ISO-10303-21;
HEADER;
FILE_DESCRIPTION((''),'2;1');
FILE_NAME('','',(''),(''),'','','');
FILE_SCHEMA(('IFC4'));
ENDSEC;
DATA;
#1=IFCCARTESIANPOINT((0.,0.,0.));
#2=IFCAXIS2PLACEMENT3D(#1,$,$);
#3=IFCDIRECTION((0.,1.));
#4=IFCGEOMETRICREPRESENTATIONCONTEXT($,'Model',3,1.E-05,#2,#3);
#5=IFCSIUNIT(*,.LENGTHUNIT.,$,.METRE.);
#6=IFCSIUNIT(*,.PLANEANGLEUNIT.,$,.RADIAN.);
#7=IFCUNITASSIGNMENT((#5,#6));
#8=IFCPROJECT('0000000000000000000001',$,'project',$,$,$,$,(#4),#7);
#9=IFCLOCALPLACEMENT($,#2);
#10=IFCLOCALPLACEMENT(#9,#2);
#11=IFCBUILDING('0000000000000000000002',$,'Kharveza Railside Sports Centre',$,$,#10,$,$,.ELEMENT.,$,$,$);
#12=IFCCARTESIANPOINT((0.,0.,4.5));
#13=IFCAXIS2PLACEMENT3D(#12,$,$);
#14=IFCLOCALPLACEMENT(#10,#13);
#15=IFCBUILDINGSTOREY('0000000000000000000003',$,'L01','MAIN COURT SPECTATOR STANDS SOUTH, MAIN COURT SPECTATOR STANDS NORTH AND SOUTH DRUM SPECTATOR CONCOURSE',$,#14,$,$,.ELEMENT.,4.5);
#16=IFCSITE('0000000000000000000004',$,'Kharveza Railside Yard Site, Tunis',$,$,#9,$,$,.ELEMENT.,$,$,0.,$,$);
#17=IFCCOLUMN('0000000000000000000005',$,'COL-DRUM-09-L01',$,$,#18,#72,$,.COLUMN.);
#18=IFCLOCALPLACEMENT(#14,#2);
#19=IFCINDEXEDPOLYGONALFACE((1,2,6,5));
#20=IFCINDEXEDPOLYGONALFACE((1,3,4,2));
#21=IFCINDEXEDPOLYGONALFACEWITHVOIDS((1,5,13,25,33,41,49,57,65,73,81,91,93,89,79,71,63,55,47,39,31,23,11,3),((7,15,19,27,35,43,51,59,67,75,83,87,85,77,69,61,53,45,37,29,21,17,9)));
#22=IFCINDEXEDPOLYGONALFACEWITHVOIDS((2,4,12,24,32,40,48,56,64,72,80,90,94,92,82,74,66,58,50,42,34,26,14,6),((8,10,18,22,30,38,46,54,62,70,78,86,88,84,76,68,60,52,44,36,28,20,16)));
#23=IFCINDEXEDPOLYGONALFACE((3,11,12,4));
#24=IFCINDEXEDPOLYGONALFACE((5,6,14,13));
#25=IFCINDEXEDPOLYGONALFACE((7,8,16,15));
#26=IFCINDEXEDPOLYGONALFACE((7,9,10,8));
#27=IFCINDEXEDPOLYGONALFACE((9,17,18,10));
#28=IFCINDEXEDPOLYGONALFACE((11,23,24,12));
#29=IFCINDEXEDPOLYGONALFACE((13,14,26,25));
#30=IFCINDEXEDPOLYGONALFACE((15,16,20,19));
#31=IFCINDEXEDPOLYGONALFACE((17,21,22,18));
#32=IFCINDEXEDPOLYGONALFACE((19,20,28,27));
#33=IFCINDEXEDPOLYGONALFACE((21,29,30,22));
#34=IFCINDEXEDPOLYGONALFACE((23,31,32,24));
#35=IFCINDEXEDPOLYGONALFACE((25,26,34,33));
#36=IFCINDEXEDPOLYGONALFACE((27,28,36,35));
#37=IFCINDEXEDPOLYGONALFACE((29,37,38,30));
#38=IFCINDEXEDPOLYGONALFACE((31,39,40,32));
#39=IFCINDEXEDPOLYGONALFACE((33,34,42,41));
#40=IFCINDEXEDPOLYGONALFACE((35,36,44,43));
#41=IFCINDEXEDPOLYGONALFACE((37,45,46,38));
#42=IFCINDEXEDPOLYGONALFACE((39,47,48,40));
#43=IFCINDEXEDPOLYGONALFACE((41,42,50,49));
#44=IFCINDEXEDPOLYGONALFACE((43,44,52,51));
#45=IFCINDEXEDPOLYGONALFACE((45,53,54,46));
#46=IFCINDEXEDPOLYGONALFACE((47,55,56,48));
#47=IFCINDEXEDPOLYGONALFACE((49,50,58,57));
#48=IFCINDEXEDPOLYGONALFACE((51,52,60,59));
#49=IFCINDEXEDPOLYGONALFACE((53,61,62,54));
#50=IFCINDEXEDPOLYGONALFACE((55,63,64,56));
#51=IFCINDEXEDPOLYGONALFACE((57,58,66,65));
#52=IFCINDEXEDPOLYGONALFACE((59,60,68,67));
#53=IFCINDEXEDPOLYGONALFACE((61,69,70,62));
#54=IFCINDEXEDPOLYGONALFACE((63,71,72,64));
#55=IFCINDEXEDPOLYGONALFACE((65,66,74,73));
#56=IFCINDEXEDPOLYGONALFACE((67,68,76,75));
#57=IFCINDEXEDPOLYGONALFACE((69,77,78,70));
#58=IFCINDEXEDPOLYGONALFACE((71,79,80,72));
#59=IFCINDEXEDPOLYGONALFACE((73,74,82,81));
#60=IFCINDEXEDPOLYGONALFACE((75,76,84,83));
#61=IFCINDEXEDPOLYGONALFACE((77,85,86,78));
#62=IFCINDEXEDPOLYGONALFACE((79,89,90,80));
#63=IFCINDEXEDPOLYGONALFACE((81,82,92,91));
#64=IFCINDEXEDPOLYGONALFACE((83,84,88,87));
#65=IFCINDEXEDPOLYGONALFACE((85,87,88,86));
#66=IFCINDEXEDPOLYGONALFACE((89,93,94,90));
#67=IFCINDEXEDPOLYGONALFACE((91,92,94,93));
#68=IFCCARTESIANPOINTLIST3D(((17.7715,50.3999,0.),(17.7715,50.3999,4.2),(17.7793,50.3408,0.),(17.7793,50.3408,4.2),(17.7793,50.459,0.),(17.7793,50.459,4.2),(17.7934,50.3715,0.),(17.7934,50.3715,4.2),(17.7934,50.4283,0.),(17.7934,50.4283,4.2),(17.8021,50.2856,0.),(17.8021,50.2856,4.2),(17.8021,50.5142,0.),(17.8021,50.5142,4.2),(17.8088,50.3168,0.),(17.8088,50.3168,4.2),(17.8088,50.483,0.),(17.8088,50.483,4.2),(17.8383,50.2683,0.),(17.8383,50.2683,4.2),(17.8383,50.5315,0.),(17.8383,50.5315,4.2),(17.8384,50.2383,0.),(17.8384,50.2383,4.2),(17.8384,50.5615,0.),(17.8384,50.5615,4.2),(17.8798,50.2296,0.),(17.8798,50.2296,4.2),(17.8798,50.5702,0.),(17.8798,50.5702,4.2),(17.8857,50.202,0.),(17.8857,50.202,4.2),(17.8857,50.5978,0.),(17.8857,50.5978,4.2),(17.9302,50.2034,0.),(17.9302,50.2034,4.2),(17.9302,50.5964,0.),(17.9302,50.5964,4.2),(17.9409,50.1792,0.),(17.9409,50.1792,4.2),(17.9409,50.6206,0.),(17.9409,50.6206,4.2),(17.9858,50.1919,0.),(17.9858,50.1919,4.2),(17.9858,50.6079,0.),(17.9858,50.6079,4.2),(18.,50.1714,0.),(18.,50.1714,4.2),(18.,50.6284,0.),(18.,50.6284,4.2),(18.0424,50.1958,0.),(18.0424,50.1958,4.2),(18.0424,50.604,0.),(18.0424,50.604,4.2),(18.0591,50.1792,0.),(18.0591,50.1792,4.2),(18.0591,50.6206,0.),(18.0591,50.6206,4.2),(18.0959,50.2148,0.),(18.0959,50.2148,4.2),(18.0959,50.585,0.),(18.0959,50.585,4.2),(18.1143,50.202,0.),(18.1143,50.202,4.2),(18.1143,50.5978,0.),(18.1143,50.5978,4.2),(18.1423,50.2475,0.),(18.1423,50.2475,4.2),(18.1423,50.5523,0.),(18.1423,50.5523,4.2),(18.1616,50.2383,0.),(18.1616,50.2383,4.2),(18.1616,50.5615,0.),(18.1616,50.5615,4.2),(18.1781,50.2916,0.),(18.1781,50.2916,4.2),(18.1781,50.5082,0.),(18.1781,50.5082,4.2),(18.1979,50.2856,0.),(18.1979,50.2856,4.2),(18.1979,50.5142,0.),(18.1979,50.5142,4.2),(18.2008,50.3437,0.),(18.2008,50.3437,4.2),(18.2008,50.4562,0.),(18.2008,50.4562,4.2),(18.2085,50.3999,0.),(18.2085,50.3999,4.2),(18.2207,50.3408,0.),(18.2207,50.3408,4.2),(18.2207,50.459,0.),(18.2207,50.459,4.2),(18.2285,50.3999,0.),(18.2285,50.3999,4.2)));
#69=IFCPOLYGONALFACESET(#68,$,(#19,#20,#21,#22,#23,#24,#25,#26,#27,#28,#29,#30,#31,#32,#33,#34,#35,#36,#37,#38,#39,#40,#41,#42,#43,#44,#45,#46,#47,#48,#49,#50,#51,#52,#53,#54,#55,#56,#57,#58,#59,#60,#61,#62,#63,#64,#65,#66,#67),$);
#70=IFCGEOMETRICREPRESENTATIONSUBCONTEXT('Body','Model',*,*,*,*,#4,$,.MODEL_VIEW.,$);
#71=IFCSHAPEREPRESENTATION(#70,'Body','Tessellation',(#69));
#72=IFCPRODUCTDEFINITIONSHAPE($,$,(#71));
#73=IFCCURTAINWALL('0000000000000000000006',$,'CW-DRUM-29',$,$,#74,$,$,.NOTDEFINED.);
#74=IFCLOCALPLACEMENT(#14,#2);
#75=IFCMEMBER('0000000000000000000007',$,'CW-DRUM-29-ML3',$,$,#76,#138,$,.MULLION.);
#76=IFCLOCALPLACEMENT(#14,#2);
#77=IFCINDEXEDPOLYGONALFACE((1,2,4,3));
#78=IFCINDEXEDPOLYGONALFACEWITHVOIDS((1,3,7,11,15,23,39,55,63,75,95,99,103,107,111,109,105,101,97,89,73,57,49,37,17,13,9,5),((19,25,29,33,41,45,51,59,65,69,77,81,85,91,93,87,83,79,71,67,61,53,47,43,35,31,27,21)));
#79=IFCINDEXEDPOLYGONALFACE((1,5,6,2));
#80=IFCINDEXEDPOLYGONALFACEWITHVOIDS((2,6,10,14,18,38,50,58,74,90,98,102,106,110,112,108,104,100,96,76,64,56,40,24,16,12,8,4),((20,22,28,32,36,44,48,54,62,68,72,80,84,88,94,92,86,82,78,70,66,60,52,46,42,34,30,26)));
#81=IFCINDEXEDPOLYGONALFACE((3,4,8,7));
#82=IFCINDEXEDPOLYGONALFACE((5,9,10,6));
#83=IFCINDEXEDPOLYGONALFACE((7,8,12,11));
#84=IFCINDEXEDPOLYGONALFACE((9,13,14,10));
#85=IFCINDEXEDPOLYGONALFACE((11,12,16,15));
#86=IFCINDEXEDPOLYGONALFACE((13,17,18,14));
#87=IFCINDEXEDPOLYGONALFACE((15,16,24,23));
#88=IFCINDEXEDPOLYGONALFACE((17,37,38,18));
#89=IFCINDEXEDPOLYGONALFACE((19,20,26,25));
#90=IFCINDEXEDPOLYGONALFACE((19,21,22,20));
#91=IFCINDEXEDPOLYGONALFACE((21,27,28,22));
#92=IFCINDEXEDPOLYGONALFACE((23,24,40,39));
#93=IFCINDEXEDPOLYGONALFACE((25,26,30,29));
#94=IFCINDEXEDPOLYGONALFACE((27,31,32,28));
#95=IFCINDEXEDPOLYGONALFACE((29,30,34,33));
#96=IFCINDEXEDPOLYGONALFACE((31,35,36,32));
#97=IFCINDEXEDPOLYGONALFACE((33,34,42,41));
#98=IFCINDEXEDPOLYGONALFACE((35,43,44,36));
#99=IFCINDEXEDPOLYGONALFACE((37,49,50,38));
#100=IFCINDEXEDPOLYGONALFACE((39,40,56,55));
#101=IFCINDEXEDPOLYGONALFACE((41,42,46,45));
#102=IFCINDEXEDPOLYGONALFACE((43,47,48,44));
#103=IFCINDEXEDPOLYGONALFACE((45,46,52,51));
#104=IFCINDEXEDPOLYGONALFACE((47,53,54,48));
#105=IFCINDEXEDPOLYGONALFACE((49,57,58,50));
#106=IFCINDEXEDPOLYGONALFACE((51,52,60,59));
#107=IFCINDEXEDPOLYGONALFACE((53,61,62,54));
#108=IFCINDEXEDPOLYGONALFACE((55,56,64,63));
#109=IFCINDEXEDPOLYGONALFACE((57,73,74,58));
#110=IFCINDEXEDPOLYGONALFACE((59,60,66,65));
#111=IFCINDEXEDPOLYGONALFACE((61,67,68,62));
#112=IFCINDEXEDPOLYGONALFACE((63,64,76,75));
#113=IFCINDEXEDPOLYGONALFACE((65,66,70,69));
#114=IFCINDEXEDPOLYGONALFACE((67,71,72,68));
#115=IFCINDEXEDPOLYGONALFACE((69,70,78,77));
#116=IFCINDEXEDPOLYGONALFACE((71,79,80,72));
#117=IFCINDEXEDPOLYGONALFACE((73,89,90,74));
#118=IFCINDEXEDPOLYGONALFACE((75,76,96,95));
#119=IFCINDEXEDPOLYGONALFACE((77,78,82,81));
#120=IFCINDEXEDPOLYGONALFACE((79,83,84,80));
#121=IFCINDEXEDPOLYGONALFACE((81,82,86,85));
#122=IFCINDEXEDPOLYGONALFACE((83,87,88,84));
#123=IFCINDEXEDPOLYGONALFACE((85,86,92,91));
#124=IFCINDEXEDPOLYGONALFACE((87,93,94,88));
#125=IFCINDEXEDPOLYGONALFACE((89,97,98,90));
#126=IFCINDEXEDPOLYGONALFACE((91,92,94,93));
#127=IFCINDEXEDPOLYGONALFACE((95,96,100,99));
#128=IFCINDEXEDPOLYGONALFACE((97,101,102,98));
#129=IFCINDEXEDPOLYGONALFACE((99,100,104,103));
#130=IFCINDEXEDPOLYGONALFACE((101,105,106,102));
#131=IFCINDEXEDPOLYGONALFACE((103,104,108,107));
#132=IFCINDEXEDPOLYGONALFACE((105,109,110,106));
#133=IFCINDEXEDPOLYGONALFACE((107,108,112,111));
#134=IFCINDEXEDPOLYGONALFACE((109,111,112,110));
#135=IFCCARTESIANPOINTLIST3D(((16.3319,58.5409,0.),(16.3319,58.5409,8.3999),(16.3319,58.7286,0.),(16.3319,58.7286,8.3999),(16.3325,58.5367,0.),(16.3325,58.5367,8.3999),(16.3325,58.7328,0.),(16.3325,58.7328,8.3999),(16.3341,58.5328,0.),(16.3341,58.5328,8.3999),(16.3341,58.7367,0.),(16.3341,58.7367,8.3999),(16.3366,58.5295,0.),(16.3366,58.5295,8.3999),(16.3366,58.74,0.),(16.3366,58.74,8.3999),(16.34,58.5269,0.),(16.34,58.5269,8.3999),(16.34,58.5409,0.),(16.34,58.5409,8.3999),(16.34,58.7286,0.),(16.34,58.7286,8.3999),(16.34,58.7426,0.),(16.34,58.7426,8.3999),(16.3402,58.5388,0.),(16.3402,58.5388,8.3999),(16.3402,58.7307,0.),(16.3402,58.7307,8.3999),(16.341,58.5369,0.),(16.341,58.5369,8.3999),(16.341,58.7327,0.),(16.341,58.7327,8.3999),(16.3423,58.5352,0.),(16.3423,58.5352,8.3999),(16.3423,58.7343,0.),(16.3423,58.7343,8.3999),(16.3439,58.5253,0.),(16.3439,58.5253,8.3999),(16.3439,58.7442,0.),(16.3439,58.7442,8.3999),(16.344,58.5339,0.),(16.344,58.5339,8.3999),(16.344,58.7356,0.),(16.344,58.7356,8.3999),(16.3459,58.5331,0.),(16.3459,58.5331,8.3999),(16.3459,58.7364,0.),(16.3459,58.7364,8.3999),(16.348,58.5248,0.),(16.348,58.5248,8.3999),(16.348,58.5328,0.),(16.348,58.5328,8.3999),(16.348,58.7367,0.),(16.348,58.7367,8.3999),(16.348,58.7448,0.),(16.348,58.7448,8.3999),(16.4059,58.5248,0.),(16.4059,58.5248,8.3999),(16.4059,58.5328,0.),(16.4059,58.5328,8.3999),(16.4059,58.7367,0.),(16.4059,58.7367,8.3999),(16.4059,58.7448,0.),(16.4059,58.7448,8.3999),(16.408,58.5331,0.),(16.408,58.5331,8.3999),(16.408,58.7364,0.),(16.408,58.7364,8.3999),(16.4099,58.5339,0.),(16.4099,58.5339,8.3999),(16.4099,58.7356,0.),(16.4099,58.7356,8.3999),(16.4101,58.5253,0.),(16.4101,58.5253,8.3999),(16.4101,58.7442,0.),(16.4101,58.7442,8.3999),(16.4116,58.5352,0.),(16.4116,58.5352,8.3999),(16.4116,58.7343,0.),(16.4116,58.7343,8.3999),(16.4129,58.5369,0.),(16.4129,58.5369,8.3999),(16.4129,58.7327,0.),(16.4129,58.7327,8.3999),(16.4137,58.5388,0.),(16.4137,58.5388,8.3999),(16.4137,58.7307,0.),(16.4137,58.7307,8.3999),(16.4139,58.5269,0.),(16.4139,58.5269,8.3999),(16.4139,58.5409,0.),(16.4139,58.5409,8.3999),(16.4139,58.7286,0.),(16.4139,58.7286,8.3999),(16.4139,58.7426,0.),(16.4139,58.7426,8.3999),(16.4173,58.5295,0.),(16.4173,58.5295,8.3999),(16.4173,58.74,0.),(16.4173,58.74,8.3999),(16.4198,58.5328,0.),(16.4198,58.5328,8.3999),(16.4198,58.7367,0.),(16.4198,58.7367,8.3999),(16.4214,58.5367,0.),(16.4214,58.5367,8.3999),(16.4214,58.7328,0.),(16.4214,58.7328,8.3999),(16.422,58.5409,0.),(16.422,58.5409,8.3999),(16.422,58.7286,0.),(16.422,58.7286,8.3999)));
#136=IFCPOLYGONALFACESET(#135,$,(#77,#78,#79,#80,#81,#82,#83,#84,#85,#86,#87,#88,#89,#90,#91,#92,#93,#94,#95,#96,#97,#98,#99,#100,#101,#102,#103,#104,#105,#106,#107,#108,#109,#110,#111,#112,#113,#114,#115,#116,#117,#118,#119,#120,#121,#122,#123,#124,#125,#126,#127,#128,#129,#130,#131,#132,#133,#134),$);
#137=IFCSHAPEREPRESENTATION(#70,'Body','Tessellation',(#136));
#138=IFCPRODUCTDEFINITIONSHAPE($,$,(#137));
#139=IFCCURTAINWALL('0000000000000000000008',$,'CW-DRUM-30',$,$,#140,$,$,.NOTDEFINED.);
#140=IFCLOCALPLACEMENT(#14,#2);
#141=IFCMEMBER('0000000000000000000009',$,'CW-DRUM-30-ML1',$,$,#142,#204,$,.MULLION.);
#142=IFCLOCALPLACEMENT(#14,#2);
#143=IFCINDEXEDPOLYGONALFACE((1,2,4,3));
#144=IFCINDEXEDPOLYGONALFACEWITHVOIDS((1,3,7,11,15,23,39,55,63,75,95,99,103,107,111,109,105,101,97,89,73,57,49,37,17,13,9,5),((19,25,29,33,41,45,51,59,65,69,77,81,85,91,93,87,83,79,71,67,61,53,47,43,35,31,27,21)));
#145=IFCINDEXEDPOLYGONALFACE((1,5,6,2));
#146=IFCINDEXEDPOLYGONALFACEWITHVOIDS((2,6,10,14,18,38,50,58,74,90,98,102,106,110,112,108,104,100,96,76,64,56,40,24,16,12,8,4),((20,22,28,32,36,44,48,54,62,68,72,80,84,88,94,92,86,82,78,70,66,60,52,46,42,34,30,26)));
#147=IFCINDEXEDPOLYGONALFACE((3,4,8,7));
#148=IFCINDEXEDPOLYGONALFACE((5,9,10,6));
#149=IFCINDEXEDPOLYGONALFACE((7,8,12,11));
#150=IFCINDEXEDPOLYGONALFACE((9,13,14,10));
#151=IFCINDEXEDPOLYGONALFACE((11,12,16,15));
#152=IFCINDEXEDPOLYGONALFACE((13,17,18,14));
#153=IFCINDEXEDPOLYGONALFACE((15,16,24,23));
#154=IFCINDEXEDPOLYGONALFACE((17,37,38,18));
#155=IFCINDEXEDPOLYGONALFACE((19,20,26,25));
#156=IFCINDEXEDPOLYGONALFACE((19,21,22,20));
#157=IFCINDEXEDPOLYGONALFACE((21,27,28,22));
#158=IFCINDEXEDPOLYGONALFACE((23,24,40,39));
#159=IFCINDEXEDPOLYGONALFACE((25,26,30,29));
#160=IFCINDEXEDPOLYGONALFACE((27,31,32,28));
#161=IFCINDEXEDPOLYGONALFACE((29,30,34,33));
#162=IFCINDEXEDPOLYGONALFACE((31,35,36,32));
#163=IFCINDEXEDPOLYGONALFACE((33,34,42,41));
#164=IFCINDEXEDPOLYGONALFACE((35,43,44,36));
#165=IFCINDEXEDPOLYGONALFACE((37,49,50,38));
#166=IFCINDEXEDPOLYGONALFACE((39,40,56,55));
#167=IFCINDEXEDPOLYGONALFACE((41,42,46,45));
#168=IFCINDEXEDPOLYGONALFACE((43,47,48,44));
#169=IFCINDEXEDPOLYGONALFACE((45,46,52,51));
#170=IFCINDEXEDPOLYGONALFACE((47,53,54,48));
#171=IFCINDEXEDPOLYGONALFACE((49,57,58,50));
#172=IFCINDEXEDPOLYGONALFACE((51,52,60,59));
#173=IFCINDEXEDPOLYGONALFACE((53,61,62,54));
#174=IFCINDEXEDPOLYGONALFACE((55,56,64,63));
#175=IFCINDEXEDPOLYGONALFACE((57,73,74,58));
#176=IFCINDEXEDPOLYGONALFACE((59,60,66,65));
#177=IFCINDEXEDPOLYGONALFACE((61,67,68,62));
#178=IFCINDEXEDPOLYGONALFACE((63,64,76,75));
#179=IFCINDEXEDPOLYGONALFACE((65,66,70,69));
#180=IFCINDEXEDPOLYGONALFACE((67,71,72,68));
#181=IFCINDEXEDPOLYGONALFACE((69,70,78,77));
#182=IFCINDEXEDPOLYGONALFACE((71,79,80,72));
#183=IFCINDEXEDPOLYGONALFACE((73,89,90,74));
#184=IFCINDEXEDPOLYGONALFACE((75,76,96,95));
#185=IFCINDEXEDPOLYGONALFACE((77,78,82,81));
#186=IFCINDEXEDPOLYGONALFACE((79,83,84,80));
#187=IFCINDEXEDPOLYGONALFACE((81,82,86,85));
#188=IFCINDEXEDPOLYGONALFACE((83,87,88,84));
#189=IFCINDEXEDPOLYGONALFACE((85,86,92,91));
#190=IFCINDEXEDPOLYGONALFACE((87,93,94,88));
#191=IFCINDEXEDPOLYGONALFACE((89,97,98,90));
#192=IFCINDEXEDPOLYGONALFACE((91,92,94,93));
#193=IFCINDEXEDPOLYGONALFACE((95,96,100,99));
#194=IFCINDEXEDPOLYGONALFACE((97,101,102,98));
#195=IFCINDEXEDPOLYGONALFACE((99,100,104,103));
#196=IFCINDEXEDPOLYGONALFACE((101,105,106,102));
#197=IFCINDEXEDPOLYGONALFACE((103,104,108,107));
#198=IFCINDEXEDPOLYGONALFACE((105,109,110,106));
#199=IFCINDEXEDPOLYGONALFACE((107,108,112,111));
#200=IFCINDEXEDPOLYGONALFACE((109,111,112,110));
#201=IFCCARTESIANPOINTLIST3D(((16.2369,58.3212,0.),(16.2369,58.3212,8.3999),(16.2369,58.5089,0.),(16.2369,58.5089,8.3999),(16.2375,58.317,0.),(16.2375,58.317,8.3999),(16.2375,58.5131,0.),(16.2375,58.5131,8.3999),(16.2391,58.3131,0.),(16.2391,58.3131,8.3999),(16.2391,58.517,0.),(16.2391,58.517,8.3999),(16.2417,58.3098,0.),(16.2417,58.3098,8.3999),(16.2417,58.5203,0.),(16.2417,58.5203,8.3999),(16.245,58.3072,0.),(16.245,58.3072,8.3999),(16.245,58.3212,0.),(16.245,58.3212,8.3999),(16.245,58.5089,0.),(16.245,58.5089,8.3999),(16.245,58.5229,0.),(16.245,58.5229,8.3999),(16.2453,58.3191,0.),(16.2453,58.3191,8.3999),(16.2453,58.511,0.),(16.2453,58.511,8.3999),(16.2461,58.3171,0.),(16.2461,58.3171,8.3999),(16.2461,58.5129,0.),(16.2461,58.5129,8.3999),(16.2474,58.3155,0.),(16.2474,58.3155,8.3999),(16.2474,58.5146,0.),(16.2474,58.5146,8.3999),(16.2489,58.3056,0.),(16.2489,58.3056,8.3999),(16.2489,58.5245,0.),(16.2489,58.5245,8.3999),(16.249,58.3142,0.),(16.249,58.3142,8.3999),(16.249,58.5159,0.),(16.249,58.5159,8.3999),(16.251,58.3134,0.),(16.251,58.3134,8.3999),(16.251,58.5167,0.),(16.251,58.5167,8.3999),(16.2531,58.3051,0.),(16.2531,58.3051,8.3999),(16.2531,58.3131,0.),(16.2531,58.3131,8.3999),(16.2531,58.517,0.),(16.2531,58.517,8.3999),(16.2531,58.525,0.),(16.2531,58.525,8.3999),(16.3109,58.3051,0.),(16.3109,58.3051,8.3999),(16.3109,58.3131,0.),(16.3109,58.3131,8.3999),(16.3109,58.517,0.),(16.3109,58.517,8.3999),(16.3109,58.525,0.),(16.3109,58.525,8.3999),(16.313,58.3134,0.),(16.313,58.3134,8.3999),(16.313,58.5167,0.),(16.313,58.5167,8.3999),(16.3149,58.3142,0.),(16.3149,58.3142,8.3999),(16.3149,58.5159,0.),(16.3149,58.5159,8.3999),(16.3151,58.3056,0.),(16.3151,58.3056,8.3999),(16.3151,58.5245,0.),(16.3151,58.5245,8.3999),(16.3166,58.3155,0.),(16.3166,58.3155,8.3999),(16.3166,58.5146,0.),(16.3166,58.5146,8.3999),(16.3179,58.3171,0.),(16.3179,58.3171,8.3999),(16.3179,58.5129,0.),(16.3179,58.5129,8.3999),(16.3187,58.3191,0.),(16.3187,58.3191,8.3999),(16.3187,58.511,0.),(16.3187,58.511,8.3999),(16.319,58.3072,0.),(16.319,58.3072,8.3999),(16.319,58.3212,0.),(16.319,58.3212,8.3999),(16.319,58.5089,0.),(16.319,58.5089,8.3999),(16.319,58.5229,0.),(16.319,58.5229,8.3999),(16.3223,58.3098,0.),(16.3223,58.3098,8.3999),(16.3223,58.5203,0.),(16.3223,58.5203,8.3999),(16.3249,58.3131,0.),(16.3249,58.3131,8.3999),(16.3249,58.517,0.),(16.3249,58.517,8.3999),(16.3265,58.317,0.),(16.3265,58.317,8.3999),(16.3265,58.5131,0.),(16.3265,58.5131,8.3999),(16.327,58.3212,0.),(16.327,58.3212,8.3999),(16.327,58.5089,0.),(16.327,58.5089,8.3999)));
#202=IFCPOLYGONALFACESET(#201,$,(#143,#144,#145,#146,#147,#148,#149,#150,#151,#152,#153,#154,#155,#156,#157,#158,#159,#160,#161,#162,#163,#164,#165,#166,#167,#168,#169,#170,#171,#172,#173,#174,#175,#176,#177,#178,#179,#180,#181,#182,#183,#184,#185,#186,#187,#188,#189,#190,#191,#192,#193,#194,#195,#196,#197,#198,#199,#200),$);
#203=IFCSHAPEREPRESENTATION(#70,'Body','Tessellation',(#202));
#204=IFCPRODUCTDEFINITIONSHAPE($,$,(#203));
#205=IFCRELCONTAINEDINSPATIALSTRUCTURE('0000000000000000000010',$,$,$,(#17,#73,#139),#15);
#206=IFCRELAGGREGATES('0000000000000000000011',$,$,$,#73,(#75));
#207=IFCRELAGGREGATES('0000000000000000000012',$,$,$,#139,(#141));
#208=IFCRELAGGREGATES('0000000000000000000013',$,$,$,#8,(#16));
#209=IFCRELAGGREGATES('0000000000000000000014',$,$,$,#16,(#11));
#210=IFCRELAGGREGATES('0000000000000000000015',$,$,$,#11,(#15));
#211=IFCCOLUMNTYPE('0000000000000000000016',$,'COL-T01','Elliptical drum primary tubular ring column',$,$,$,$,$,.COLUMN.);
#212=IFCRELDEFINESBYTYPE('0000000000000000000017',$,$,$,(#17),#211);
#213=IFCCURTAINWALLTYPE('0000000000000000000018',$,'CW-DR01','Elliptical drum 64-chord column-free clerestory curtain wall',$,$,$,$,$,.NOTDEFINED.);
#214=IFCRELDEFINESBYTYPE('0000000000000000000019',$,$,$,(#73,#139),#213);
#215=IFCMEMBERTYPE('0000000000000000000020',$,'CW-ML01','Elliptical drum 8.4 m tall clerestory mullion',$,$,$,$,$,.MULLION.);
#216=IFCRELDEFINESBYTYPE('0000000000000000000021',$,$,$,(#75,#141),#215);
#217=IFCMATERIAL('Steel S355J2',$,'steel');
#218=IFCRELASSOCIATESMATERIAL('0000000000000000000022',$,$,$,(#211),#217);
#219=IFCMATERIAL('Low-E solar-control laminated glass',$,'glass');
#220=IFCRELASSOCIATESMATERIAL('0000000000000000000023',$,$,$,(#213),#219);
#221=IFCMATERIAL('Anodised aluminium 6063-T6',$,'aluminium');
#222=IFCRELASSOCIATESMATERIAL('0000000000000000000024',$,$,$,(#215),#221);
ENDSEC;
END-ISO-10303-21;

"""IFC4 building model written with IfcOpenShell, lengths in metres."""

from ifc_helpers import new_model, si_unit, direction, frame, origin, origin_2d, place, context, subcontext, project, spatial, hollow_rectangle, hollow_circle, extrude, material, material_profile, profile_set, type_object, element, aggregate, save


model = new_model("IFC4")

# Units and contexts
model_context = context("Model", 3, precision=1e-05, world=origin(), true_north=direction((0.0, 1.0)))
body_context = subcontext(model_context, "Body", "Model", "MODEL_VIEW")
ifc_project = project(units=[si_unit("LENGTHUNIT", "METRE"), si_unit("PLANEANGLEUNIT", "RADIAN")], contexts=[model_context])

# Site, building, storey
site_placement = place(None, origin())
site = spatial("IfcSite", under=ifc_project, at=site_placement, Name="Kharveza Railside Yard Site, Tunis", CompositionType="ELEMENT", RefElevation=0.0)
building_placement = place(site_placement, origin())
building = spatial("IfcBuilding", under=site, at=building_placement, Name="Kharveza Railside Sports Centre", CompositionType="ELEMENT")
storey_placement = place(building_placement, frame((0.0, 0.0, 4.5)))
storey = spatial("IfcBuildingStorey", under=building, at=storey_placement, Name="L01", Description="MAIN COURT SPECTATOR STANDS SOUTH, MAIN COURT SPECTATOR STANDS NORTH AND SOUTH DRUM SPECTATOR CONCOURSE", CompositionType="ELEMENT", Elevation=4.5)

# Column
ifc_material_1 = material(Name="Steel S355J2", Category="steel")
ifc_material_profile_1 = material_profile(ifc_material_1, hollow_circle(Radius=0.2285, WallThickness=0.02, at=origin_2d()), Name="CHS 457.0x20.0")
ifc_profile_set_1 = profile_set([ifc_material_profile_1], Name="Steel S355J2")
column_type = type_object("IfcColumnType", Name="COL-T01", Description="Elliptical drum primary tubular ring column", PredefinedType="COLUMN", material=ifc_profile_set_1)
column_placement = place(storey_placement, frame((18.0, 50.3999, 0.0), z_axis=(0.0, 0.0, 1.0), x_axis=(1.0, 0.0, 0.0)))
element("IfcColumn", 1, at=column_placement, inside=storey, type_object=column_type, Name="COL-DRUM-09-L01", PredefinedType="COLUMN", context=body_context, shape_type="SweptSolid", body=[
    extrude(hollow_circle(Radius=0.2285, WallThickness=0.02, at=origin_2d()), origin(), (0.0, 0.0, 1.0), 4.2),
])

# Curtain wall, member
ifc_material_2 = material(Name="Low-E solar-control laminated glass", Category="glass")
curtain_wall_type = type_object("IfcCurtainWallType", Name="CW-DR01", Description="Elliptical drum 64-chord column-free clerestory curtain wall", PredefinedType="NOTDEFINED", material=ifc_material_2)
curtain_wall_1_placement = place(storey_placement, origin())
curtain_wall_1 = element("IfcCurtainWall", 2, at=curtain_wall_1_placement, inside=storey, type_object=curtain_wall_type, Name="CW-DRUM-29", PredefinedType="NOTDEFINED")
ifc_material_3 = material(Name="Anodised aluminium 6063-T6", Category="aluminium")
ifc_material_profile_2 = material_profile(ifc_material_3, hollow_rectangle(XDim=0.0901, YDim=0.22, WallThickness=0.0081, InnerFilletRadius=0.0081, OuterFilletRadius=0.0161, at=origin_2d()), Name="RHS 90x220x8.0")
ifc_profile_set_2 = profile_set([ifc_material_profile_2], Name="Anodised aluminium 6063-T6")
member_type_1 = type_object("IfcMemberType", Name="CW-ML01", Description="Elliptical drum 8.4 m tall clerestory mullion", PredefinedType="MULLION", material=ifc_profile_set_2)
member_1_placement = place(storey_placement, frame((16.377, 58.6348, 0.0), z_axis=(0.0, 0.0, 1.0), x_axis=(1.0, 0.0, 0.0)))
member_1 = element("IfcMember", 3, at=member_1_placement, type_object=member_type_1, Name="CW-DRUM-29-ML3", PredefinedType="MULLION", context=body_context, shape_type="SweptSolid", body=[
    extrude(hollow_rectangle(XDim=0.0901, YDim=0.22, WallThickness=0.0081, InnerFilletRadius=0.0081, OuterFilletRadius=0.0161, at=origin_2d()), origin(), (0.0, 0.0, 1.0), 8.3999),
])

# Curtain wall, member
curtain_wall_2_placement = place(storey_placement, origin())
curtain_wall_2 = element("IfcCurtainWall", 4, at=curtain_wall_2_placement, inside=storey, type_object=curtain_wall_type, Name="CW-DRUM-30", PredefinedType="NOTDEFINED")
member_2_placement = place(storey_placement, frame((16.282, 58.415, 0.0), z_axis=(0.0, 0.0, 1.0), x_axis=(1.0, 0.0, 0.0)))
member_2 = element("IfcMember", 5, at=member_2_placement, type_object=member_type_1, Name="CW-DRUM-30-ML1", PredefinedType="MULLION", context=body_context, shape_type="SweptSolid", body=[
    extrude(hollow_rectangle(XDim=0.0901, YDim=0.22, WallThickness=0.0081, InnerFilletRadius=0.0081, OuterFilletRadius=0.0161, at=origin_2d()), origin(), (0.0, 0.0, 1.0), 8.3999),
])

aggregate(curtain_wall_1, [member_1])
aggregate(curtain_wall_2, [member_2])

save(model, "model.ifc")
